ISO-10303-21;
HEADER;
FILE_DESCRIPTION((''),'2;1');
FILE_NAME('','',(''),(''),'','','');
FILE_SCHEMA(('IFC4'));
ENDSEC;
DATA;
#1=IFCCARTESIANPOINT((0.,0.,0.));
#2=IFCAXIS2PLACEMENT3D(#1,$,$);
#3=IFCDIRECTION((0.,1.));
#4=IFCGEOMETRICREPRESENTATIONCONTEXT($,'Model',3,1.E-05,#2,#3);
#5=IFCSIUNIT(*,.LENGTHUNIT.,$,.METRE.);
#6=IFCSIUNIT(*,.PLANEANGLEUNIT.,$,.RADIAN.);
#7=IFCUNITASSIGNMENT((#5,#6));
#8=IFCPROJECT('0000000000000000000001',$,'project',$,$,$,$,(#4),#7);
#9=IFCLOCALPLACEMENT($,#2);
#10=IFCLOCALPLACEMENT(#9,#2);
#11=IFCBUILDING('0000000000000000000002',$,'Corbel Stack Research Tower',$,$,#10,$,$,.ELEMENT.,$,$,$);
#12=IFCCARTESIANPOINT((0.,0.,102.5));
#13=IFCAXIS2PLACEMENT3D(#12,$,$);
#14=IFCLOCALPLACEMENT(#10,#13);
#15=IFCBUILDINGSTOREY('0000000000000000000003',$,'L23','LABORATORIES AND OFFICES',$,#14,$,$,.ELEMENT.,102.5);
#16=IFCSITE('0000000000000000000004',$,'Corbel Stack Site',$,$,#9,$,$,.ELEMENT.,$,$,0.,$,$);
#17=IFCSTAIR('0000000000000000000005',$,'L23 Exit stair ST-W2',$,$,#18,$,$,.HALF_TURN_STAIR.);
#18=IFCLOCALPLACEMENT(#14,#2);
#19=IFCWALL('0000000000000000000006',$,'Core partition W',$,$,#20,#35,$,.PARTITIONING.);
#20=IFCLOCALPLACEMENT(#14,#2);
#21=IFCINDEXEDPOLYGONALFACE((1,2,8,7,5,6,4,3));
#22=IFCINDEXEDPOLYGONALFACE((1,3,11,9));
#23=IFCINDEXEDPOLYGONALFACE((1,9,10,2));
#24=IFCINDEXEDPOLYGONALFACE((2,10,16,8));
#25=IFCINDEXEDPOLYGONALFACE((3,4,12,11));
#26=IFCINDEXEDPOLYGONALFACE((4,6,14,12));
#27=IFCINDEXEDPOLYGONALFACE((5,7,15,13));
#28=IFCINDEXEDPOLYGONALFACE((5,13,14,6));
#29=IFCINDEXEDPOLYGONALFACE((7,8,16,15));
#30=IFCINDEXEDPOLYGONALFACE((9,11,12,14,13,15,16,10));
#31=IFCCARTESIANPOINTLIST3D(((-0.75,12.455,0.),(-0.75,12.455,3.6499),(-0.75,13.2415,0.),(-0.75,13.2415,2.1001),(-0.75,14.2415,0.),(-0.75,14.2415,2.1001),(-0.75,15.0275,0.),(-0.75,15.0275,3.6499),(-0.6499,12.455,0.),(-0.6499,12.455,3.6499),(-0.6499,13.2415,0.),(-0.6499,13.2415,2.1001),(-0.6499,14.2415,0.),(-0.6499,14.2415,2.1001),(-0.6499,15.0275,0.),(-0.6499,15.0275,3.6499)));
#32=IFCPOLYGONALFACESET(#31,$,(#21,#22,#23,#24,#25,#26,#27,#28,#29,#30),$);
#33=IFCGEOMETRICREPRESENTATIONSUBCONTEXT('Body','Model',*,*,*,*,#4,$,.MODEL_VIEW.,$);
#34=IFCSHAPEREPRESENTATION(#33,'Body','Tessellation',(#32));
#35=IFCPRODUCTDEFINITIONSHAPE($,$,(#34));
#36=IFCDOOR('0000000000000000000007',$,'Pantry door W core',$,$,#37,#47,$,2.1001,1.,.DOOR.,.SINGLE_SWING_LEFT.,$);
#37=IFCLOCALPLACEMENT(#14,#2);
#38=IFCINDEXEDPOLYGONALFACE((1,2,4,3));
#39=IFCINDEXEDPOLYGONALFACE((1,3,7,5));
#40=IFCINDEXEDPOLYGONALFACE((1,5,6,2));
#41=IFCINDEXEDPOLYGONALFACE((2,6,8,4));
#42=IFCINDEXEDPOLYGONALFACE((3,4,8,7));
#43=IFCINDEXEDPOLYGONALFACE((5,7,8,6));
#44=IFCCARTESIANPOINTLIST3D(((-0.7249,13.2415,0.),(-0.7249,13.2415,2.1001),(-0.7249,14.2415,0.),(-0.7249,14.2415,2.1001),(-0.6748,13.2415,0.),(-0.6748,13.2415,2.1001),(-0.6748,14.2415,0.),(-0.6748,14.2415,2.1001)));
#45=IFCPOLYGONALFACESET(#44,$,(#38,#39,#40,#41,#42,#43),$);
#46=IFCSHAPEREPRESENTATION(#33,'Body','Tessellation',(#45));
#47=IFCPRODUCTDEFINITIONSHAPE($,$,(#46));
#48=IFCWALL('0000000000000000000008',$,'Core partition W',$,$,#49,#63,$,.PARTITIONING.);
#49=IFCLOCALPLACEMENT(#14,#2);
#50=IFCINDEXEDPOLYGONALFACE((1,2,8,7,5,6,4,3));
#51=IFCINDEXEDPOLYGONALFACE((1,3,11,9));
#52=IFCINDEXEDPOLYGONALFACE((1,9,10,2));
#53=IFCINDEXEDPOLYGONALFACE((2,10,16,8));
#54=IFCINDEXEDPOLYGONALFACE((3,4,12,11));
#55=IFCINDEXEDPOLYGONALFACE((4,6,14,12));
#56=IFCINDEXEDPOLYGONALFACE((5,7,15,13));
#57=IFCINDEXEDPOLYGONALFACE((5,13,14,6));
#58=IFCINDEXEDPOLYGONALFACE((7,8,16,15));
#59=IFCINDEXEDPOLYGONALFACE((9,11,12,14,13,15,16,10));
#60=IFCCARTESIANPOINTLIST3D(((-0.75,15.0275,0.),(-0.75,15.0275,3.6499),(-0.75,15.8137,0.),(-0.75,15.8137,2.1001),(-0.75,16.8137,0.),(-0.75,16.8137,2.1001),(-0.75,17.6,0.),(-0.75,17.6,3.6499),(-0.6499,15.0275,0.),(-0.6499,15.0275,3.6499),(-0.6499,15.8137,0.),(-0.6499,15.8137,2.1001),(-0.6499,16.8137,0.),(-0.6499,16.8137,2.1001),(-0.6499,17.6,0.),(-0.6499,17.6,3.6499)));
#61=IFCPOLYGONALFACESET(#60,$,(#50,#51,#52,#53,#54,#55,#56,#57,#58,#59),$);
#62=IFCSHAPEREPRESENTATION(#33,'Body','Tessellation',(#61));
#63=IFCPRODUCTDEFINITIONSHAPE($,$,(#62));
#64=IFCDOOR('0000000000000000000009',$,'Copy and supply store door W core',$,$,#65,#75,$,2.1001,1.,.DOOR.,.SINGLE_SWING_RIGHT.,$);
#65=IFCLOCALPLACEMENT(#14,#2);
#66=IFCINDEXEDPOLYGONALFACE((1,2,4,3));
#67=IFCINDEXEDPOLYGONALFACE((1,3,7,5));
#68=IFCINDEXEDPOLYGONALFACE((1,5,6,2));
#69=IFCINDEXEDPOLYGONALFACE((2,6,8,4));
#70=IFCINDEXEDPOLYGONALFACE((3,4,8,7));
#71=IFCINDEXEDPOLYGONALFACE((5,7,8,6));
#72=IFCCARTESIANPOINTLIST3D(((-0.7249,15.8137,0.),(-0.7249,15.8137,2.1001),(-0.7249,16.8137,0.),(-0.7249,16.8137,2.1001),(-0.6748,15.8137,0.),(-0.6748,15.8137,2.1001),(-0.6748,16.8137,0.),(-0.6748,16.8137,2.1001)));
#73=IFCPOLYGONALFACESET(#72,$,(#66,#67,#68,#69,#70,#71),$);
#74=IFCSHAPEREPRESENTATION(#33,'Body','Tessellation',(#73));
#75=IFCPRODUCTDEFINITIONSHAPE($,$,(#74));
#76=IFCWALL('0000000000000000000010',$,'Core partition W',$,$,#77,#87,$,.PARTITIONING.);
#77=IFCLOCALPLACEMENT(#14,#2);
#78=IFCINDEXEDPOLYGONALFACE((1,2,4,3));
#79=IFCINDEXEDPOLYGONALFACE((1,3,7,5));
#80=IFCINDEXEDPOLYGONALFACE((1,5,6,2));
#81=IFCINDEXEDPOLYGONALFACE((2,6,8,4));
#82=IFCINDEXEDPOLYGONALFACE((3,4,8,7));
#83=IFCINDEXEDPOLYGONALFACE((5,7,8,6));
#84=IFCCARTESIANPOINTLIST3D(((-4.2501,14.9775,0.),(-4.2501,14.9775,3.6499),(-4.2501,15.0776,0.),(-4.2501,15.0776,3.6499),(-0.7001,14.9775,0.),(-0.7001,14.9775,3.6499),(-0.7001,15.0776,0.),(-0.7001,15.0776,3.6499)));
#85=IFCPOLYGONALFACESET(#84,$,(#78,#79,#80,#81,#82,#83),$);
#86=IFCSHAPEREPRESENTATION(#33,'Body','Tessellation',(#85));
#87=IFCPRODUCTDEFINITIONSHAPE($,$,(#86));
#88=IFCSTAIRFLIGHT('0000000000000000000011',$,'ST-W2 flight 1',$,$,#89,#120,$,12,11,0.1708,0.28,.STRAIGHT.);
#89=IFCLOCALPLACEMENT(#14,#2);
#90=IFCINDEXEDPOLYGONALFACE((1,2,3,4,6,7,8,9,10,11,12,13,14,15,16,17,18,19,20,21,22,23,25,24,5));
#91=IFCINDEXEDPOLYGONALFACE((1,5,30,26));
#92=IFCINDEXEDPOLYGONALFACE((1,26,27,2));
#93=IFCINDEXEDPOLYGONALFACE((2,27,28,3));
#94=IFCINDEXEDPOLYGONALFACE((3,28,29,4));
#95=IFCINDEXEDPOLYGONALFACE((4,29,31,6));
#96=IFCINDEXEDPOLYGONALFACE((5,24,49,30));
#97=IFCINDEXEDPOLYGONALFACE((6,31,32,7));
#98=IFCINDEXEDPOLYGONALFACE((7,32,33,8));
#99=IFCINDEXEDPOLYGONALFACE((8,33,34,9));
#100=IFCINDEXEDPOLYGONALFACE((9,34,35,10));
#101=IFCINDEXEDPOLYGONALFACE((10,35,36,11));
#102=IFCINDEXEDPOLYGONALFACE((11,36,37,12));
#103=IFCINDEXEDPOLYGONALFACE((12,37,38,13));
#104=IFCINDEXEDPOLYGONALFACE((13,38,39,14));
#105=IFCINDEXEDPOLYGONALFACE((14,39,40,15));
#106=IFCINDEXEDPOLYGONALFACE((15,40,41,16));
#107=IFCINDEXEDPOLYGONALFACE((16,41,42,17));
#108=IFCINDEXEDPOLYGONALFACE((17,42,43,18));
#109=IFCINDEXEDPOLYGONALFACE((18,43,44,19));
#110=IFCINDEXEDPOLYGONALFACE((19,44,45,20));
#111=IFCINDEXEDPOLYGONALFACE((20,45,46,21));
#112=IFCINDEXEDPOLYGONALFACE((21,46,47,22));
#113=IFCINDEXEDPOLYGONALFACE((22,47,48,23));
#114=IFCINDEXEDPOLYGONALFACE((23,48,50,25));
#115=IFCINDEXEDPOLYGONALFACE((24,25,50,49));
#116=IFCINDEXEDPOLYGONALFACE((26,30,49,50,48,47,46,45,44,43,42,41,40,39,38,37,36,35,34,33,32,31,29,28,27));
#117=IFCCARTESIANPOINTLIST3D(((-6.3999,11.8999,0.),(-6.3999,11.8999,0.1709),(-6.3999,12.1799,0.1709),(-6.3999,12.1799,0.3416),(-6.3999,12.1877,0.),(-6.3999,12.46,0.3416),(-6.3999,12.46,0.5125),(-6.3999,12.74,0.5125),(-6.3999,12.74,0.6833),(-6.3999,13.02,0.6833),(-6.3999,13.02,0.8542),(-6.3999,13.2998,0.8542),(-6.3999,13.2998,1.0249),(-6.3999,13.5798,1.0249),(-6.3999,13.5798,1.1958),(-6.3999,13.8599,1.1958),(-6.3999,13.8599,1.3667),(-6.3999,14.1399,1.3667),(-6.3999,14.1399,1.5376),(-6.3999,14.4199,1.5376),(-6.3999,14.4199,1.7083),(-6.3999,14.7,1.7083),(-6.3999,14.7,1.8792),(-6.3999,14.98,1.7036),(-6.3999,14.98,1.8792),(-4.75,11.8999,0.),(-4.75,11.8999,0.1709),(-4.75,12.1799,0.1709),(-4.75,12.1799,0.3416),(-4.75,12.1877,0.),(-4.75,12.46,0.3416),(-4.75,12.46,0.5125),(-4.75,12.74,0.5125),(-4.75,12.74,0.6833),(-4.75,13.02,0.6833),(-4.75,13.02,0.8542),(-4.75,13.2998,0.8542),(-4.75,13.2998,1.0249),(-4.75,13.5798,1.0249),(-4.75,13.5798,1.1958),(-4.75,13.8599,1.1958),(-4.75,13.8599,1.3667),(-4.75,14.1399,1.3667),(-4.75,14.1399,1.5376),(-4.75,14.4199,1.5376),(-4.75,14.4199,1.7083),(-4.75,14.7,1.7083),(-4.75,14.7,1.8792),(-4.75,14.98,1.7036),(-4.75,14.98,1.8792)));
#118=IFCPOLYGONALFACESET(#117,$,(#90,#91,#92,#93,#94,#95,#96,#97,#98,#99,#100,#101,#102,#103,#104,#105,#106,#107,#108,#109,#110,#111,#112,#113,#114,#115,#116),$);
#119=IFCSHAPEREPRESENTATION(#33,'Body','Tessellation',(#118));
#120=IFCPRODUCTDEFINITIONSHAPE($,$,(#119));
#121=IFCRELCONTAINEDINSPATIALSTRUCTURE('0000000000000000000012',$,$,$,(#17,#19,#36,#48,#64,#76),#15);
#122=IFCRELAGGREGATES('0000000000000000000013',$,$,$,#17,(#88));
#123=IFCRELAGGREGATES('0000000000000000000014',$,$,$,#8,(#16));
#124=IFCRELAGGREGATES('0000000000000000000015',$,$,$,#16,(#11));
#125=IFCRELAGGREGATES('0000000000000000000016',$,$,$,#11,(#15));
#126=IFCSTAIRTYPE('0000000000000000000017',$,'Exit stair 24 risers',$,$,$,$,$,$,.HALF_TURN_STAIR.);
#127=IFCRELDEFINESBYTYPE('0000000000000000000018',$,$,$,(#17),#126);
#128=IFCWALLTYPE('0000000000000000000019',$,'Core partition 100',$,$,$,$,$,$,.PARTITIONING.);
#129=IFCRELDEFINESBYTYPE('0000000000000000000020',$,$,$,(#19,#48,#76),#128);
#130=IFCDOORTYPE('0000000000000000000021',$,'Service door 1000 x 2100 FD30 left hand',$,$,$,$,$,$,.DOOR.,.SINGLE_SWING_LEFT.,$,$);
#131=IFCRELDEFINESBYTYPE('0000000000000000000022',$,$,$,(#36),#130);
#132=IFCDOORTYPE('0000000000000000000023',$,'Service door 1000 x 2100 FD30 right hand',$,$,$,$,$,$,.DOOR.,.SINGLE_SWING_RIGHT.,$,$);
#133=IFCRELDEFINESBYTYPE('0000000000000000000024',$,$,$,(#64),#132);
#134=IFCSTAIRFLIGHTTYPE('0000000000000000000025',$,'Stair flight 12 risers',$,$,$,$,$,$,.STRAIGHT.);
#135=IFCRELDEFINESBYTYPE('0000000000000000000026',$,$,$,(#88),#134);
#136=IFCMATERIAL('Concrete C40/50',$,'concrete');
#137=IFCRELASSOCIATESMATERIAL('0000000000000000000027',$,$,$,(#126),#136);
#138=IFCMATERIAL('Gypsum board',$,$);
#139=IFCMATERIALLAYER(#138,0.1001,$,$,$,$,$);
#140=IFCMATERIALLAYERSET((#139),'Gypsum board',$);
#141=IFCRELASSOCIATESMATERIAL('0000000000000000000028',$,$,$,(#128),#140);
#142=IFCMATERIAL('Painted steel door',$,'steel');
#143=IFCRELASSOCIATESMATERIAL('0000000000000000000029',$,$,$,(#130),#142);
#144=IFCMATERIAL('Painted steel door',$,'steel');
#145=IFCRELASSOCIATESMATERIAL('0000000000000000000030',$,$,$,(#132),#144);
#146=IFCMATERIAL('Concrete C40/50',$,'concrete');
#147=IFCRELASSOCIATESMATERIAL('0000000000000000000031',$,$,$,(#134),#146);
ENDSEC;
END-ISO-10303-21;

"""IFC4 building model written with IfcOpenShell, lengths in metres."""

from ifc_helpers import new_model, si_unit, direction, frame, frame_2d, origin, place, context, subcontext, project, spatial, polyline, rectangle, outline, extrude, material, layer, layer_set, type_object, element, fill, aggregate, save


model = new_model("IFC4")

# Units and contexts
model_context = context("Model", 3, precision=1e-05, world=origin(), true_north=direction((0.0, 1.0)))
body_context = subcontext(model_context, "Body", "Model", "MODEL_VIEW")
ifc_project = project(units=[si_unit("LENGTHUNIT", "METRE"), si_unit("PLANEANGLEUNIT", "RADIAN")], contexts=[model_context])

# Site, building, storey
site_placement = place(None, origin())
site = spatial("IfcSite", under=ifc_project, at=site_placement, Name="Corbel Stack Site", CompositionType="ELEMENT", RefElevation=0.0)
building_placement = place(site_placement, origin())
building = spatial("IfcBuilding", under=site, at=building_placement, Name="Corbel Stack Research Tower", CompositionType="ELEMENT")
storey_placement = place(building_placement, frame((0.0, 0.0, 102.5)))
storey = spatial("IfcBuildingStorey", under=building, at=storey_placement, Name="L23", Description="LABORATORIES AND OFFICES", CompositionType="ELEMENT", Elevation=102.5)

# Stair
ifc_material_1 = material(Name="Concrete C40/50", Category="concrete")
stair_type = type_object("IfcStairType", Name="Exit stair 24 risers", PredefinedType="HALF_TURN_STAIR", material=ifc_material_1)
stair_1_placement = place(storey_placement, origin())
stair_1 = element("IfcStair", 1, at=stair_1_placement, inside=storey, type_object=stair_type, Name="L23 Exit stair ST-W2", PredefinedType="HALF_TURN_STAIR")

# Shared definitions
ifc_material_2 = material(Name="Gypsum board")
ifc_layer_1 = layer(ifc_material_2, 0.1001)
ifc_layer_set_1 = layer_set([ifc_layer_1], Name="Gypsum board")
wall_type_1 = type_object("IfcWallType", Name="Core partition 100", PredefinedType="PARTITIONING", material=ifc_layer_set_1)

# Walls, openings, doors
wall_1_placement = place(storey_placement, frame((-0.7, 12.4551, 0.0), z_axis=(0.0, 0.0, 1.0), x_axis=(0.0, 1.0, 0.0)))
wall_1 = element("IfcWall", 2, at=wall_1_placement, inside=storey, type_object=wall_type_1, Name="Core partition W", PredefinedType="PARTITIONING", context=body_context, shape_type="SweptSolid", body=[
    extrude(rectangle(XDim=2.5725, YDim=0.1001, at=frame_2d((1.2861, 0.0))), origin(), (0.0, 0.0, 1.0), 3.6499),
])
opening_1_placement = place(wall_1_placement, frame((0.7864, 0.0, 0.0)))
opening_1 = element("IfcOpeningElement", 3, at=opening_1_placement, cuts=wall_1, PredefinedType="OPENING", context=body_context, shape_type="SweptSolid", body=[
    extrude(rectangle(XDim=1.0, YDim=2.1001, at=frame_2d((0.5, 1.05))), frame((0.0, 0.0601, 0.0), z_axis=(0.0, -1.0, 0.0), x_axis=(1.0, 0.0, 0.0)), (0.0, 0.0, 1.0), 0.1201),
])
ifc_material_3 = material(Name="Painted steel door", Category="steel")
door_type_1 = type_object("IfcDoorType", Name="Service door 1000 x 2100 FD30 left hand", OperationType="SINGLE_SWING_LEFT", PredefinedType="DOOR", material=ifc_material_3)
door_1_placement = place(opening_1_placement, origin())
door_1 = element("IfcDoor", 4, at=door_1_placement, inside=storey, type_object=door_type_1, Name="Pantry door W core", OperationType="SINGLE_SWING_LEFT", OverallHeight=2.1001, OverallWidth=1.0, PredefinedType="DOOR", context=body_context, shape_type="SweptSolid", body=[
    extrude(rectangle(XDim=1.0, YDim=2.1001, at=frame_2d((0.5, 1.05))), frame((0.0, 0.0249, 0.0), z_axis=(0.0, -1.0, 0.0), x_axis=(1.0, 0.0, 0.0)), (0.0, 0.0, 1.0), 0.05),
])
fill(opening_1, door_1)
wall_2_placement = place(storey_placement, frame((-0.7, 15.0276, 0.0), z_axis=(0.0, 0.0, 1.0), x_axis=(0.0, 1.0, 0.0)))
wall_2 = element("IfcWall", 5, at=wall_2_placement, inside=storey, type_object=wall_type_1, Name="Core partition W", PredefinedType="PARTITIONING", context=body_context, shape_type="SweptSolid", body=[
    extrude(rectangle(XDim=2.5725, YDim=0.1001, at=frame_2d((1.2861, 0.0))), origin(), (0.0, 0.0, 1.0), 3.6499),
])
opening_2_placement = place(wall_2_placement, frame((0.7861, 0.0, 0.0)))
opening_2 = element("IfcOpeningElement", 6, at=opening_2_placement, cuts=wall_2, PredefinedType="OPENING", context=body_context, shape_type="SweptSolid", body=[
    extrude(rectangle(XDim=1.0, YDim=2.1001, at=frame_2d((0.5, 1.05))), frame((0.0, 0.0601, 0.0), z_axis=(0.0, -1.0, 0.0), x_axis=(1.0, 0.0, 0.0)), (0.0, 0.0, 1.0), 0.1201),
])
ifc_material_4 = material(Name="Painted steel door", Category="steel")
door_type_2 = type_object("IfcDoorType", Name="Service door 1000 x 2100 FD30 right hand", OperationType="SINGLE_SWING_RIGHT", PredefinedType="DOOR", material=ifc_material_4)
door_2_placement = place(opening_2_placement, origin())
door_2 = element("IfcDoor", 7, at=door_2_placement, inside=storey, type_object=door_type_2, Name="Copy and supply store door W core", OperationType="SINGLE_SWING_RIGHT", OverallHeight=2.1001, OverallWidth=1.0, PredefinedType="DOOR", context=body_context, shape_type="SweptSolid", body=[
    extrude(rectangle(XDim=1.0, YDim=2.1001, at=frame_2d((0.5, 1.05))), frame((0.0, 0.0249, 0.0), z_axis=(0.0, -1.0, 0.0), x_axis=(1.0, 0.0, 0.0)), (0.0, 0.0, 1.0), 0.05),
])
fill(opening_2, door_2)

# Wall
wall_3_placement = place(storey_placement, frame((-4.25, 15.0276, 0.0), z_axis=(0.0, 0.0, 1.0), x_axis=(1.0, 0.0, 0.0)))
element("IfcWall", 8, at=wall_3_placement, inside=storey, type_object=wall_type_1, Name="Core partition W", PredefinedType="PARTITIONING", context=body_context, shape_type="SweptSolid", body=[
    extrude(rectangle(XDim=3.55, YDim=0.1001, at=frame_2d((1.7749, 0.0))), origin(), (0.0, 0.0, 1.0), 3.6499),
])

# Stair flight
ifc_material_5 = material(Name="Concrete C40/50", Category="concrete")
stair_flight_type = type_object("IfcStairFlightType", Name="Stair flight 12 risers", PredefinedType="STRAIGHT", material=ifc_material_5)
stair_flight_placement = place(storey_placement, frame((-5.575, 11.8999, 0.0), z_axis=(0.0, 0.0, 1.0), x_axis=(0.0, 1.0, 0.0)))
stair_flight = element("IfcStairFlight", 9, at=stair_flight_placement, type_object=stair_flight_type, Name="ST-W2 flight 1", NumberOfRisers=12, NumberOfTreads=11, PredefinedType="STRAIGHT", RiserHeight=0.1708, TreadLength=0.28, context=body_context, shape_type="SweptSolid", body=[
    extrude(outline(polyline([(0.0, 0.0), (0.0, 0.1709), (0.28, 0.1709), (0.28, 0.3416), (0.5601, 0.3416), (0.5601, 0.5125), (0.8401, 0.5125), (0.8401, 0.6833), (1.1201, 0.6833), (1.1201, 0.8542), (1.3999, 0.8542), (1.3999, 1.0249), (1.6799, 1.0249), (1.6799, 1.1958), (1.96, 1.1958), (1.96, 1.3667), (2.24, 1.3667), (2.24, 1.5376), (2.52, 1.5376), (2.52, 1.7083), (2.8, 1.7083), (2.8, 1.8792), (3.0801, 1.8792), (3.0801, 2.05), (3.0801, 1.7036), (0.2878, 0.0), (0.0, 0.0)])), frame((0.0, 0.825, 0.0), z_axis=(0.0, -1.0, 0.0), x_axis=(1.0, 0.0, 0.0)), (0.0, 0.0, 1.0), 1.6499),
])
aggregate(stair_1, [stair_flight])

save(model, "model.ifc")
